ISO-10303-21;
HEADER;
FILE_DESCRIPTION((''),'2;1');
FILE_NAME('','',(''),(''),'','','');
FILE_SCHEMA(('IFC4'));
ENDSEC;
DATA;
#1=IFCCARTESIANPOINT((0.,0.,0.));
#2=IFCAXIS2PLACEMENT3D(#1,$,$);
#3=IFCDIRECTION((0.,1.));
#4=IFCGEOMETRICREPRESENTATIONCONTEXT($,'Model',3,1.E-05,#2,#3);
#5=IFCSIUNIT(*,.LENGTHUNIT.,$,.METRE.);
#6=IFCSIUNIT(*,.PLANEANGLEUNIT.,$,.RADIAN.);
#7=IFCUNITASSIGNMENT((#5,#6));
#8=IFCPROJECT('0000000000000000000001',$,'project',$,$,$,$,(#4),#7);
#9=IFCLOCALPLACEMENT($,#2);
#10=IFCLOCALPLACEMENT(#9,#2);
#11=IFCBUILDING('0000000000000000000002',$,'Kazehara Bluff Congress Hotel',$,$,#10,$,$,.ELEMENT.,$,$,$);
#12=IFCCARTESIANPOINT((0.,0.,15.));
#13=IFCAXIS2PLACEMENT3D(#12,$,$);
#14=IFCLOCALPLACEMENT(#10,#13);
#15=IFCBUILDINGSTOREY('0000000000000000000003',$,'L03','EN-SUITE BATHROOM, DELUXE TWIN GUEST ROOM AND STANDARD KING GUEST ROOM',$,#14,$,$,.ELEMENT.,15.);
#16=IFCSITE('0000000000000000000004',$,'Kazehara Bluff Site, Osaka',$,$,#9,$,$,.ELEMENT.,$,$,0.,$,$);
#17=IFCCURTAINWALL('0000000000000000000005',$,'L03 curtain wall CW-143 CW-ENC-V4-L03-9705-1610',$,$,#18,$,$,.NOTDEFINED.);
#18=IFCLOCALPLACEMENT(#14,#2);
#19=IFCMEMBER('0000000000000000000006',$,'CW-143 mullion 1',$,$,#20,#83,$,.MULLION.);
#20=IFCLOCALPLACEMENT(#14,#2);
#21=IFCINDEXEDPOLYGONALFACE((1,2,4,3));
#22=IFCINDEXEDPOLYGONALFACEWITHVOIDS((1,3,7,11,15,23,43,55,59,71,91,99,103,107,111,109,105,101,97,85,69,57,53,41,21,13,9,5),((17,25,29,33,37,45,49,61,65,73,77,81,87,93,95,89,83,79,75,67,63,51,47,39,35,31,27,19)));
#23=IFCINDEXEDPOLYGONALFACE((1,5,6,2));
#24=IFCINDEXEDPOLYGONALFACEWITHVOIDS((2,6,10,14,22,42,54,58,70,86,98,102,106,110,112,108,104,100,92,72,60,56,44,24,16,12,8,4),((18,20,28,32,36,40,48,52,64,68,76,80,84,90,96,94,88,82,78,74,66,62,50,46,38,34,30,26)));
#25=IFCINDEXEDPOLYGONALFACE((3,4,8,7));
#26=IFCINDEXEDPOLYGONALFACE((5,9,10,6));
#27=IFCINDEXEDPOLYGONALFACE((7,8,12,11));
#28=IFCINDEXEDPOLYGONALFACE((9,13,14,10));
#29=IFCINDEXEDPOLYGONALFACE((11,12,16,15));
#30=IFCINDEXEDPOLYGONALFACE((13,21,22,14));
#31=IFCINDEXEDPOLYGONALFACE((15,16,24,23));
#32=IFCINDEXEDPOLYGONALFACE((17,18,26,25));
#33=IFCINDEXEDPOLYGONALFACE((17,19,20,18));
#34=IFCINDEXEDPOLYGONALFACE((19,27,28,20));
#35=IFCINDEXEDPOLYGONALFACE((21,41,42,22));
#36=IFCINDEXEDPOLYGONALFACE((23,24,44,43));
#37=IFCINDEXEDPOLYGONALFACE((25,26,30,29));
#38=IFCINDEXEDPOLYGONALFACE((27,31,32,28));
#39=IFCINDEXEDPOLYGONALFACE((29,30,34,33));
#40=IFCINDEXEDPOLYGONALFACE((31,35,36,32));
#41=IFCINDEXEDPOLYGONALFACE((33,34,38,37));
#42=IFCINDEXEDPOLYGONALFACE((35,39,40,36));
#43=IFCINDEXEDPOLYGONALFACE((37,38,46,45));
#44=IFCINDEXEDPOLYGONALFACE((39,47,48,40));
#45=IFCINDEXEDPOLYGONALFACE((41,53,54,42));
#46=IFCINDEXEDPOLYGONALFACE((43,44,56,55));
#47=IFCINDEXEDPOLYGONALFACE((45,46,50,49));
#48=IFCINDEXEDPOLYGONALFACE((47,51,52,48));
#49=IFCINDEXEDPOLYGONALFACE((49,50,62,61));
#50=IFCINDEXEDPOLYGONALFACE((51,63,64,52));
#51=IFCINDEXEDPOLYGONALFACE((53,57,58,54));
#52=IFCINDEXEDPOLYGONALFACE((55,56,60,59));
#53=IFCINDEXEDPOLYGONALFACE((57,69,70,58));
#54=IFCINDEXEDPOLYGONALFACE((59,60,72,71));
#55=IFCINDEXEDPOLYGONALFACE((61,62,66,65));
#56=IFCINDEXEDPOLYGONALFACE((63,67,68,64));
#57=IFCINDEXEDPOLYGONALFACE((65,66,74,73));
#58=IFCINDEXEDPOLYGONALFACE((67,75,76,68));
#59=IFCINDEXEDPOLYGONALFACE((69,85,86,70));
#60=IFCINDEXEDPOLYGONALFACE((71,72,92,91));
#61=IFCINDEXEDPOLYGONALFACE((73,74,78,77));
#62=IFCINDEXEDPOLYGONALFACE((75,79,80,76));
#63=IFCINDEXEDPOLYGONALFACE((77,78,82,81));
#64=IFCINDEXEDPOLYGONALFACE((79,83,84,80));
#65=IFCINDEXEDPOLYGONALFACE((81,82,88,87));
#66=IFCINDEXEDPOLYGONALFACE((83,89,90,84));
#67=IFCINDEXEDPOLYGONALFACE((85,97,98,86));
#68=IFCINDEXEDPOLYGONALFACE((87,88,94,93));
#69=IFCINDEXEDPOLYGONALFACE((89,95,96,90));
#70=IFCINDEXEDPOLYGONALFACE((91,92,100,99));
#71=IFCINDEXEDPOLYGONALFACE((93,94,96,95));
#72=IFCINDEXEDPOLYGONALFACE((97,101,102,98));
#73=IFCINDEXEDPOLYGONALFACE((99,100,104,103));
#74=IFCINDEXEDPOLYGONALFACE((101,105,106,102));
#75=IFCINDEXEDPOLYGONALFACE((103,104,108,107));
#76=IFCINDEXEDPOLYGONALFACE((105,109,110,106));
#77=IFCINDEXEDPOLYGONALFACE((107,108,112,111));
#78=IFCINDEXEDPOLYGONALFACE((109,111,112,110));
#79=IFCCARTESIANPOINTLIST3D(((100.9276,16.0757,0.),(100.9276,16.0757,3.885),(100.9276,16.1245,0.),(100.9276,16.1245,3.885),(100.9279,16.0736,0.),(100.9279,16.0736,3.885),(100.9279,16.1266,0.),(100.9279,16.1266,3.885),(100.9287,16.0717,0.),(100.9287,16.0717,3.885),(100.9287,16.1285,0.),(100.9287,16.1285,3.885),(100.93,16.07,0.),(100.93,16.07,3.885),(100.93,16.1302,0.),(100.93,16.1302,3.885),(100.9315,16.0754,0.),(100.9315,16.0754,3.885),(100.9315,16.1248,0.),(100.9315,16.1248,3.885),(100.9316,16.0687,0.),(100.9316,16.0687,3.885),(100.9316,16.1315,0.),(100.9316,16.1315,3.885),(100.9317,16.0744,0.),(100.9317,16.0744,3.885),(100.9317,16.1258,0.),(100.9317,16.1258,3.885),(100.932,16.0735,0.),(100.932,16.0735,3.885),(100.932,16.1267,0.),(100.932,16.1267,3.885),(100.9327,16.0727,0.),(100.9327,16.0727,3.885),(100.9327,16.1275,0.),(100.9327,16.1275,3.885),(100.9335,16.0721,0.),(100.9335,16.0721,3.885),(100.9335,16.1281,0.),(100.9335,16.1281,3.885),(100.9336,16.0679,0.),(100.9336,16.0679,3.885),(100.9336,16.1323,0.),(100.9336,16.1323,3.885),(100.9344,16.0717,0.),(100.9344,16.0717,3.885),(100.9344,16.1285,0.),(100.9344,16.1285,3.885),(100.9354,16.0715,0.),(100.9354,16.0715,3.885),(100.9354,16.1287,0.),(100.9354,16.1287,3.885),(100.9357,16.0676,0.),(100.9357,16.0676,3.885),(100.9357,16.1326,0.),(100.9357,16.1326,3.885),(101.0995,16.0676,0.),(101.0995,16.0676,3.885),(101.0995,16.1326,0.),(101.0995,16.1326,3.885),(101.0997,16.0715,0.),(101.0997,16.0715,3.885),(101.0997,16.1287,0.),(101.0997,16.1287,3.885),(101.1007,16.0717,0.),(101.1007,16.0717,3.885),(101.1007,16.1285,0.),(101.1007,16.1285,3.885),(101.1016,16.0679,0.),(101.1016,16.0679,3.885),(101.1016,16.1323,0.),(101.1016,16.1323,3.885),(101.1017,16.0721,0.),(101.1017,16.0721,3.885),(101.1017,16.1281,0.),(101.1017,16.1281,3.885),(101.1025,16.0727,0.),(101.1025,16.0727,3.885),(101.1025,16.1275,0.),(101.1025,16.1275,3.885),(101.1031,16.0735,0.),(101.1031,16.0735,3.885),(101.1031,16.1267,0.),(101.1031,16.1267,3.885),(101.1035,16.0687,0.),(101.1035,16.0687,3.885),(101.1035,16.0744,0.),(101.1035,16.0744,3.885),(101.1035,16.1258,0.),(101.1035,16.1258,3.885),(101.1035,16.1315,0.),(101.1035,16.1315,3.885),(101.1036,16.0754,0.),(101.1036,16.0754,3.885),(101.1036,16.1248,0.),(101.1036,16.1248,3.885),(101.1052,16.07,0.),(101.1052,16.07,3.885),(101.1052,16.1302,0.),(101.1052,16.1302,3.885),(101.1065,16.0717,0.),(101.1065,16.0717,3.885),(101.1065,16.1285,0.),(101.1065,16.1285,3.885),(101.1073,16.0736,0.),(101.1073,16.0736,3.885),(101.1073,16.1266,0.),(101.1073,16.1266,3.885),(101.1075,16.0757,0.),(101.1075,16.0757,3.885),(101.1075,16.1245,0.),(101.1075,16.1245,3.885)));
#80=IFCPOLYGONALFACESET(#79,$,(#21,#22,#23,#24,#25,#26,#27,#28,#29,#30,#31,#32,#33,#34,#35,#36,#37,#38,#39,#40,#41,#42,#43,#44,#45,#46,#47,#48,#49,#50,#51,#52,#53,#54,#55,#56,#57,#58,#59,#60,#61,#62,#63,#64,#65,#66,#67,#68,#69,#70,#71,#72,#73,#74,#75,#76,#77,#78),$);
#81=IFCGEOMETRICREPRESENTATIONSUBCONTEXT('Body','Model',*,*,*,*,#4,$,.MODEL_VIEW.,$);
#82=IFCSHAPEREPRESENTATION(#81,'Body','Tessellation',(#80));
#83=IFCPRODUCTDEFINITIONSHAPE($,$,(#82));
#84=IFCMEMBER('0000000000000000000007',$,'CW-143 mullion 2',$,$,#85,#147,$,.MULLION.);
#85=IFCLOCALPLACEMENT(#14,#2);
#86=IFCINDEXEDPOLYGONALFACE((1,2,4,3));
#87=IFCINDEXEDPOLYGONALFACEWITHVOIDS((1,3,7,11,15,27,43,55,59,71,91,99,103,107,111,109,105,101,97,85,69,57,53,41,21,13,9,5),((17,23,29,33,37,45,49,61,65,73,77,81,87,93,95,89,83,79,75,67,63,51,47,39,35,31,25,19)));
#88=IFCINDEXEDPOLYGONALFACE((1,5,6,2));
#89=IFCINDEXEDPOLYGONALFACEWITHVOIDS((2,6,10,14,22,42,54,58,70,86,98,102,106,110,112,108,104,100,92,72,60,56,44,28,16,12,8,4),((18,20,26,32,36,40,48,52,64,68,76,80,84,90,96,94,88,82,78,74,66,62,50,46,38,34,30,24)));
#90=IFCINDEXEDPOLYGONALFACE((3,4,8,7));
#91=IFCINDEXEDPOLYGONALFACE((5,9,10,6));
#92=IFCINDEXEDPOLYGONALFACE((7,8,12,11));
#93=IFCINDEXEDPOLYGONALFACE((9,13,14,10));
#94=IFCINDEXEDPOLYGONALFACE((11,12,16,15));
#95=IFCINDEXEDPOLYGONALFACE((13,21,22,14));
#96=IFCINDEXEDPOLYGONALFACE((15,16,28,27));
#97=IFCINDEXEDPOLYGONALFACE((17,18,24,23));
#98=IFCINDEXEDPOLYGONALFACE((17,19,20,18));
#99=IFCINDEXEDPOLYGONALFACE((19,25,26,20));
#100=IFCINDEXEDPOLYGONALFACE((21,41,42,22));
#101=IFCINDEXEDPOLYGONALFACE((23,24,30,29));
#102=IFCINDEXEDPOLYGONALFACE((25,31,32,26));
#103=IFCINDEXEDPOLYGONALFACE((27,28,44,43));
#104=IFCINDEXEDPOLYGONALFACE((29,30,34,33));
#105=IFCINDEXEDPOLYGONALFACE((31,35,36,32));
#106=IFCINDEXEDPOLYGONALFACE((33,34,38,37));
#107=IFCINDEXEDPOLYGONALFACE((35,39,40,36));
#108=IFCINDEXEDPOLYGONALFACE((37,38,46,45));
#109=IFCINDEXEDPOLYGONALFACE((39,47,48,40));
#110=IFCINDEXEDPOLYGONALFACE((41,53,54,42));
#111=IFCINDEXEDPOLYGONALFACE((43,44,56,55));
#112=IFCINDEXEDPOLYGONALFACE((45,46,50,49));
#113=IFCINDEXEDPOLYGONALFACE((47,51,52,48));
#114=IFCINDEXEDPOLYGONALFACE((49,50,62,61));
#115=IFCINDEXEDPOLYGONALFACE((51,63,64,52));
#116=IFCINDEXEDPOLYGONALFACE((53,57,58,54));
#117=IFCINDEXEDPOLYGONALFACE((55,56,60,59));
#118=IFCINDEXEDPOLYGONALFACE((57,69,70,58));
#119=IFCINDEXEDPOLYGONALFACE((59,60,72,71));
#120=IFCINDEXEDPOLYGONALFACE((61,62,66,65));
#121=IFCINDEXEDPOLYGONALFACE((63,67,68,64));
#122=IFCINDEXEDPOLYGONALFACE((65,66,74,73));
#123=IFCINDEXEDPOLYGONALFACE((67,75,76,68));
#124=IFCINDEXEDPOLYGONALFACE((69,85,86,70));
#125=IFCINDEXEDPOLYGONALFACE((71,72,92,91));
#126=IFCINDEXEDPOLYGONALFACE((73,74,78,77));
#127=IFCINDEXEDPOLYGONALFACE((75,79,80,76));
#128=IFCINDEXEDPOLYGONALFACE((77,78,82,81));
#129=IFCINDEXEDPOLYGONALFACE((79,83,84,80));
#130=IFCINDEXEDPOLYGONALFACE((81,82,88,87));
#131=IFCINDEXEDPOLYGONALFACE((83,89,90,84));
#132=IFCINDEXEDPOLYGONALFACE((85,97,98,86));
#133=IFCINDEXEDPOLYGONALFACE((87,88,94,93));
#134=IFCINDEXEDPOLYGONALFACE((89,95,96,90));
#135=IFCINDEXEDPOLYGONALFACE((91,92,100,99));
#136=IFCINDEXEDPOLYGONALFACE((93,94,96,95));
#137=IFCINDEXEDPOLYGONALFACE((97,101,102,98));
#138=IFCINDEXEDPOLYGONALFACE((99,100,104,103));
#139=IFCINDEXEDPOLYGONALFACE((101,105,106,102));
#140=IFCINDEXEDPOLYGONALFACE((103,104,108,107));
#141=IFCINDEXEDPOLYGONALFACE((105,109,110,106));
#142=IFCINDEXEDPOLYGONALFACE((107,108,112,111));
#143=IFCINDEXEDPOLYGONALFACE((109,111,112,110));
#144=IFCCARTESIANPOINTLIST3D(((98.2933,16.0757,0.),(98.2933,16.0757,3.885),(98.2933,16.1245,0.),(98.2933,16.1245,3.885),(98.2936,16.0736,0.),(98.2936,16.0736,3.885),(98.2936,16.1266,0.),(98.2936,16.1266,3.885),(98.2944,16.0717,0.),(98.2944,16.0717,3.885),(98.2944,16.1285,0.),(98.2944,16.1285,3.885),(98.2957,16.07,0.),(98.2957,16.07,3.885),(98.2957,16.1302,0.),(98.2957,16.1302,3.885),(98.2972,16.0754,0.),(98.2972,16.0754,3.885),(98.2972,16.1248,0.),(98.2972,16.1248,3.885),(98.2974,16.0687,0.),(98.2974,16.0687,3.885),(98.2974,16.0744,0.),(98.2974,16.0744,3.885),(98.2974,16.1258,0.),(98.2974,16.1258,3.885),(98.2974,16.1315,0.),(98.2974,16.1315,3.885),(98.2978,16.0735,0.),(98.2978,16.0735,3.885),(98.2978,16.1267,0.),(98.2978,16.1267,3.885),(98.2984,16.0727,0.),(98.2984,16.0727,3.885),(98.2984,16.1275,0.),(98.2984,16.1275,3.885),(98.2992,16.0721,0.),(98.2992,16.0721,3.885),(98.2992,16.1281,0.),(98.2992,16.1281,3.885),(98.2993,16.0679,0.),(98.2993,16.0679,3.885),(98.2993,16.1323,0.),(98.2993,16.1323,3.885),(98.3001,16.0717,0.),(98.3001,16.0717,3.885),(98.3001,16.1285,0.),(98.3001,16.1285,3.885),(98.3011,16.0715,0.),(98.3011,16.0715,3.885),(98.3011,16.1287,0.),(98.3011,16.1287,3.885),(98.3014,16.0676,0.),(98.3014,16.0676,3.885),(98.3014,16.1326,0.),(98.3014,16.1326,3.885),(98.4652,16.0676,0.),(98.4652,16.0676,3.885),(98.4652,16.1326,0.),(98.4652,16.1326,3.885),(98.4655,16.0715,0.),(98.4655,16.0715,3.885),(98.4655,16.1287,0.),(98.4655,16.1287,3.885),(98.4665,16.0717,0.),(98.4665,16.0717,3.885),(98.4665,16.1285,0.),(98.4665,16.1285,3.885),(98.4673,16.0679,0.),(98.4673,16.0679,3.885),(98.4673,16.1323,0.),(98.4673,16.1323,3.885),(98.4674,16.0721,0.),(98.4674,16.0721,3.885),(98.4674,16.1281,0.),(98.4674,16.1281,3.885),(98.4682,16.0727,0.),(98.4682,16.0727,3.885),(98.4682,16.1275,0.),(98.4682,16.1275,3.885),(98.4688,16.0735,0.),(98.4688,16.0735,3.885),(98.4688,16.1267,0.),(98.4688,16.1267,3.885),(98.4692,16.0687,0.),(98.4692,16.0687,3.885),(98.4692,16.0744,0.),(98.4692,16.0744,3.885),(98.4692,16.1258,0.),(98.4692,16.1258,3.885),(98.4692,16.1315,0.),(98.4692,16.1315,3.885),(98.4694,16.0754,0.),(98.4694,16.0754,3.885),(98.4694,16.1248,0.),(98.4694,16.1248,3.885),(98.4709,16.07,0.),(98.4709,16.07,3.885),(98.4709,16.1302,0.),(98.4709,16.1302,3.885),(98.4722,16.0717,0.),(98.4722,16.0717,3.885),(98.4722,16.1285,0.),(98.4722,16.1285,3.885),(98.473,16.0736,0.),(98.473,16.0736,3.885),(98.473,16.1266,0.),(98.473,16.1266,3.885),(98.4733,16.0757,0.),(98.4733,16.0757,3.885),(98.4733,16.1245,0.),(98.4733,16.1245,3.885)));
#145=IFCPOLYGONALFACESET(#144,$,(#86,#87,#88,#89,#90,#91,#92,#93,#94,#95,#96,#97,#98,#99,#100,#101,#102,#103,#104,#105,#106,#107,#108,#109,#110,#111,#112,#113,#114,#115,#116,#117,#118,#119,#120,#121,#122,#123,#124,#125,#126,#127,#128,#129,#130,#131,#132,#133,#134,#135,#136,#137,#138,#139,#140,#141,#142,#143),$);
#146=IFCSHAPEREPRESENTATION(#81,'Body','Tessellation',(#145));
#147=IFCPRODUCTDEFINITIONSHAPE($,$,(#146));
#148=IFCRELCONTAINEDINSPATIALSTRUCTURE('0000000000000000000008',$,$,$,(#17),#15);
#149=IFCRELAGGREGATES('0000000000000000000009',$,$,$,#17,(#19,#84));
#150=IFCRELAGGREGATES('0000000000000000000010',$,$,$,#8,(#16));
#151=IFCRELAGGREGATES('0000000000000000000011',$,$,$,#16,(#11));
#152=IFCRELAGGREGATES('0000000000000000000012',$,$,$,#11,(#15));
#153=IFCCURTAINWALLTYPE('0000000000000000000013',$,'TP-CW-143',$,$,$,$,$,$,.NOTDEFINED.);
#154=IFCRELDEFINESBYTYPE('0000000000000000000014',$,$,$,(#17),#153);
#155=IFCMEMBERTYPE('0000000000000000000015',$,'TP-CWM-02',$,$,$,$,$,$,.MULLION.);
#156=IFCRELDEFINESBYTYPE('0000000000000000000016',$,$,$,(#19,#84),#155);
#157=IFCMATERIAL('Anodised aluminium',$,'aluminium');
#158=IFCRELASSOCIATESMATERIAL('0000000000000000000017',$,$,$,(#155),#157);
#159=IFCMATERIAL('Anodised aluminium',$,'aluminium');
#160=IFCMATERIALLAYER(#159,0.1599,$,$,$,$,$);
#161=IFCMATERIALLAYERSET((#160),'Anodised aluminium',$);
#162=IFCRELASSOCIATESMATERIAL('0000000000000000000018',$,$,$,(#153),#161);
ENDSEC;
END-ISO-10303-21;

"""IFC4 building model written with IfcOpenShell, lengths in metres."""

from ifc_helpers import new_model, si_unit, direction, frame, origin, origin_2d, place, context, subcontext, project, spatial, hollow_rectangle, extrude, material, layer, layer_set, material_profile, profile_set, type_object, element, aggregate, save


model = new_model("IFC4")

# Units and contexts
model_context = context("Model", 3, precision=1e-05, world=origin(), true_north=direction((0.0, 1.0)))
body_context = subcontext(model_context, "Body", "Model", "MODEL_VIEW")
ifc_project = project(units=[si_unit("LENGTHUNIT", "METRE"), si_unit("PLANEANGLEUNIT", "RADIAN")], contexts=[model_context])

# Site, building, storey
site_placement = place(None, origin())
site = spatial("IfcSite", under=ifc_project, at=site_placement, Name="Kazehara Bluff Site, Osaka", CompositionType="ELEMENT", RefElevation=0.0)
building_placement = place(site_placement, origin())
building = spatial("IfcBuilding", under=site, at=building_placement, Name="Kazehara Bluff Congress Hotel", CompositionType="ELEMENT")
storey_placement = place(building_placement, frame((0.0, 0.0, 15.0)))
storey = spatial("IfcBuildingStorey", under=building, at=storey_placement, Name="L03", Description="EN-SUITE BATHROOM, DELUXE TWIN GUEST ROOM AND STANDARD KING GUEST ROOM", CompositionType="ELEMENT", Elevation=15.0)

# Curtain wall, members
ifc_material_1 = material(Name="Anodised aluminium", Category="aluminium")
ifc_material_profile_1 = material_profile(ifc_material_1, hollow_rectangle(XDim=0.0649, YDim=0.1799, WallThickness=0.0039, InnerFilletRadius=0.0039, OuterFilletRadius=0.0081, at=origin_2d()))
ifc_profile_set_1 = profile_set([ifc_material_profile_1], Name="Anodised aluminium")
member_type_1 = type_object("IfcMemberType", Name="TP-CWM-02", PredefinedType="MULLION", material=ifc_profile_set_1)
ifc_material_2 = material(Name="Anodised aluminium", Category="aluminium")
ifc_layer_1 = layer(ifc_material_2, 0.1599)
ifc_layer_set_1 = layer_set([ifc_layer_1], Name="Anodised aluminium")
curtain_wall_type_1 = type_object("IfcCurtainWallType", Name="TP-CW-143", PredefinedType="NOTDEFINED", material=ifc_layer_set_1)
curtain_wall_1_placement = place(storey_placement, origin())
curtain_wall_1 = element("IfcCurtainWall", 1, at=curtain_wall_1_placement, inside=storey, type_object=curtain_wall_type_1, Name="L03 curtain wall CW-143 CW-ENC-V4-L03-9705-1610", PredefinedType="NOTDEFINED")
member_1_placement = place(storey_placement, frame((101.0176, 16.1001, 0.0), z_axis=(0.0, 0.0, 1.0), x_axis=(0.0, -1.0, 0.0)))
member_1 = element("IfcMember", 2, at=member_1_placement, type_object=member_type_1, Name="CW-143 mullion 1", PredefinedType="MULLION", context=body_context, shape_type="SweptSolid", body=[
    extrude(hollow_rectangle(XDim=0.0649, YDim=0.1799, WallThickness=0.0039, InnerFilletRadius=0.0039, OuterFilletRadius=0.0081, at=origin_2d()), origin(), (0.0, 0.0, 1.0), 3.885),
])
member_2_placement = place(storey_placement, frame((98.3833, 16.1001, 0.0), z_axis=(0.0, 0.0, 1.0), x_axis=(0.0, -1.0, 0.0)))
member_2 = element("IfcMember", 3, at=member_2_placement, type_object=member_type_1, Name="CW-143 mullion 2", PredefinedType="MULLION", context=body_context, shape_type="SweptSolid", body=[
    extrude(hollow_rectangle(XDim=0.0649, YDim=0.1799, WallThickness=0.0039, InnerFilletRadius=0.0039, OuterFilletRadius=0.0081, at=origin_2d()), origin(), (0.0, 0.0, 1.0), 3.885),
])

aggregate(curtain_wall_1, [member_1, member_2])

save(model, "model.ifc")
